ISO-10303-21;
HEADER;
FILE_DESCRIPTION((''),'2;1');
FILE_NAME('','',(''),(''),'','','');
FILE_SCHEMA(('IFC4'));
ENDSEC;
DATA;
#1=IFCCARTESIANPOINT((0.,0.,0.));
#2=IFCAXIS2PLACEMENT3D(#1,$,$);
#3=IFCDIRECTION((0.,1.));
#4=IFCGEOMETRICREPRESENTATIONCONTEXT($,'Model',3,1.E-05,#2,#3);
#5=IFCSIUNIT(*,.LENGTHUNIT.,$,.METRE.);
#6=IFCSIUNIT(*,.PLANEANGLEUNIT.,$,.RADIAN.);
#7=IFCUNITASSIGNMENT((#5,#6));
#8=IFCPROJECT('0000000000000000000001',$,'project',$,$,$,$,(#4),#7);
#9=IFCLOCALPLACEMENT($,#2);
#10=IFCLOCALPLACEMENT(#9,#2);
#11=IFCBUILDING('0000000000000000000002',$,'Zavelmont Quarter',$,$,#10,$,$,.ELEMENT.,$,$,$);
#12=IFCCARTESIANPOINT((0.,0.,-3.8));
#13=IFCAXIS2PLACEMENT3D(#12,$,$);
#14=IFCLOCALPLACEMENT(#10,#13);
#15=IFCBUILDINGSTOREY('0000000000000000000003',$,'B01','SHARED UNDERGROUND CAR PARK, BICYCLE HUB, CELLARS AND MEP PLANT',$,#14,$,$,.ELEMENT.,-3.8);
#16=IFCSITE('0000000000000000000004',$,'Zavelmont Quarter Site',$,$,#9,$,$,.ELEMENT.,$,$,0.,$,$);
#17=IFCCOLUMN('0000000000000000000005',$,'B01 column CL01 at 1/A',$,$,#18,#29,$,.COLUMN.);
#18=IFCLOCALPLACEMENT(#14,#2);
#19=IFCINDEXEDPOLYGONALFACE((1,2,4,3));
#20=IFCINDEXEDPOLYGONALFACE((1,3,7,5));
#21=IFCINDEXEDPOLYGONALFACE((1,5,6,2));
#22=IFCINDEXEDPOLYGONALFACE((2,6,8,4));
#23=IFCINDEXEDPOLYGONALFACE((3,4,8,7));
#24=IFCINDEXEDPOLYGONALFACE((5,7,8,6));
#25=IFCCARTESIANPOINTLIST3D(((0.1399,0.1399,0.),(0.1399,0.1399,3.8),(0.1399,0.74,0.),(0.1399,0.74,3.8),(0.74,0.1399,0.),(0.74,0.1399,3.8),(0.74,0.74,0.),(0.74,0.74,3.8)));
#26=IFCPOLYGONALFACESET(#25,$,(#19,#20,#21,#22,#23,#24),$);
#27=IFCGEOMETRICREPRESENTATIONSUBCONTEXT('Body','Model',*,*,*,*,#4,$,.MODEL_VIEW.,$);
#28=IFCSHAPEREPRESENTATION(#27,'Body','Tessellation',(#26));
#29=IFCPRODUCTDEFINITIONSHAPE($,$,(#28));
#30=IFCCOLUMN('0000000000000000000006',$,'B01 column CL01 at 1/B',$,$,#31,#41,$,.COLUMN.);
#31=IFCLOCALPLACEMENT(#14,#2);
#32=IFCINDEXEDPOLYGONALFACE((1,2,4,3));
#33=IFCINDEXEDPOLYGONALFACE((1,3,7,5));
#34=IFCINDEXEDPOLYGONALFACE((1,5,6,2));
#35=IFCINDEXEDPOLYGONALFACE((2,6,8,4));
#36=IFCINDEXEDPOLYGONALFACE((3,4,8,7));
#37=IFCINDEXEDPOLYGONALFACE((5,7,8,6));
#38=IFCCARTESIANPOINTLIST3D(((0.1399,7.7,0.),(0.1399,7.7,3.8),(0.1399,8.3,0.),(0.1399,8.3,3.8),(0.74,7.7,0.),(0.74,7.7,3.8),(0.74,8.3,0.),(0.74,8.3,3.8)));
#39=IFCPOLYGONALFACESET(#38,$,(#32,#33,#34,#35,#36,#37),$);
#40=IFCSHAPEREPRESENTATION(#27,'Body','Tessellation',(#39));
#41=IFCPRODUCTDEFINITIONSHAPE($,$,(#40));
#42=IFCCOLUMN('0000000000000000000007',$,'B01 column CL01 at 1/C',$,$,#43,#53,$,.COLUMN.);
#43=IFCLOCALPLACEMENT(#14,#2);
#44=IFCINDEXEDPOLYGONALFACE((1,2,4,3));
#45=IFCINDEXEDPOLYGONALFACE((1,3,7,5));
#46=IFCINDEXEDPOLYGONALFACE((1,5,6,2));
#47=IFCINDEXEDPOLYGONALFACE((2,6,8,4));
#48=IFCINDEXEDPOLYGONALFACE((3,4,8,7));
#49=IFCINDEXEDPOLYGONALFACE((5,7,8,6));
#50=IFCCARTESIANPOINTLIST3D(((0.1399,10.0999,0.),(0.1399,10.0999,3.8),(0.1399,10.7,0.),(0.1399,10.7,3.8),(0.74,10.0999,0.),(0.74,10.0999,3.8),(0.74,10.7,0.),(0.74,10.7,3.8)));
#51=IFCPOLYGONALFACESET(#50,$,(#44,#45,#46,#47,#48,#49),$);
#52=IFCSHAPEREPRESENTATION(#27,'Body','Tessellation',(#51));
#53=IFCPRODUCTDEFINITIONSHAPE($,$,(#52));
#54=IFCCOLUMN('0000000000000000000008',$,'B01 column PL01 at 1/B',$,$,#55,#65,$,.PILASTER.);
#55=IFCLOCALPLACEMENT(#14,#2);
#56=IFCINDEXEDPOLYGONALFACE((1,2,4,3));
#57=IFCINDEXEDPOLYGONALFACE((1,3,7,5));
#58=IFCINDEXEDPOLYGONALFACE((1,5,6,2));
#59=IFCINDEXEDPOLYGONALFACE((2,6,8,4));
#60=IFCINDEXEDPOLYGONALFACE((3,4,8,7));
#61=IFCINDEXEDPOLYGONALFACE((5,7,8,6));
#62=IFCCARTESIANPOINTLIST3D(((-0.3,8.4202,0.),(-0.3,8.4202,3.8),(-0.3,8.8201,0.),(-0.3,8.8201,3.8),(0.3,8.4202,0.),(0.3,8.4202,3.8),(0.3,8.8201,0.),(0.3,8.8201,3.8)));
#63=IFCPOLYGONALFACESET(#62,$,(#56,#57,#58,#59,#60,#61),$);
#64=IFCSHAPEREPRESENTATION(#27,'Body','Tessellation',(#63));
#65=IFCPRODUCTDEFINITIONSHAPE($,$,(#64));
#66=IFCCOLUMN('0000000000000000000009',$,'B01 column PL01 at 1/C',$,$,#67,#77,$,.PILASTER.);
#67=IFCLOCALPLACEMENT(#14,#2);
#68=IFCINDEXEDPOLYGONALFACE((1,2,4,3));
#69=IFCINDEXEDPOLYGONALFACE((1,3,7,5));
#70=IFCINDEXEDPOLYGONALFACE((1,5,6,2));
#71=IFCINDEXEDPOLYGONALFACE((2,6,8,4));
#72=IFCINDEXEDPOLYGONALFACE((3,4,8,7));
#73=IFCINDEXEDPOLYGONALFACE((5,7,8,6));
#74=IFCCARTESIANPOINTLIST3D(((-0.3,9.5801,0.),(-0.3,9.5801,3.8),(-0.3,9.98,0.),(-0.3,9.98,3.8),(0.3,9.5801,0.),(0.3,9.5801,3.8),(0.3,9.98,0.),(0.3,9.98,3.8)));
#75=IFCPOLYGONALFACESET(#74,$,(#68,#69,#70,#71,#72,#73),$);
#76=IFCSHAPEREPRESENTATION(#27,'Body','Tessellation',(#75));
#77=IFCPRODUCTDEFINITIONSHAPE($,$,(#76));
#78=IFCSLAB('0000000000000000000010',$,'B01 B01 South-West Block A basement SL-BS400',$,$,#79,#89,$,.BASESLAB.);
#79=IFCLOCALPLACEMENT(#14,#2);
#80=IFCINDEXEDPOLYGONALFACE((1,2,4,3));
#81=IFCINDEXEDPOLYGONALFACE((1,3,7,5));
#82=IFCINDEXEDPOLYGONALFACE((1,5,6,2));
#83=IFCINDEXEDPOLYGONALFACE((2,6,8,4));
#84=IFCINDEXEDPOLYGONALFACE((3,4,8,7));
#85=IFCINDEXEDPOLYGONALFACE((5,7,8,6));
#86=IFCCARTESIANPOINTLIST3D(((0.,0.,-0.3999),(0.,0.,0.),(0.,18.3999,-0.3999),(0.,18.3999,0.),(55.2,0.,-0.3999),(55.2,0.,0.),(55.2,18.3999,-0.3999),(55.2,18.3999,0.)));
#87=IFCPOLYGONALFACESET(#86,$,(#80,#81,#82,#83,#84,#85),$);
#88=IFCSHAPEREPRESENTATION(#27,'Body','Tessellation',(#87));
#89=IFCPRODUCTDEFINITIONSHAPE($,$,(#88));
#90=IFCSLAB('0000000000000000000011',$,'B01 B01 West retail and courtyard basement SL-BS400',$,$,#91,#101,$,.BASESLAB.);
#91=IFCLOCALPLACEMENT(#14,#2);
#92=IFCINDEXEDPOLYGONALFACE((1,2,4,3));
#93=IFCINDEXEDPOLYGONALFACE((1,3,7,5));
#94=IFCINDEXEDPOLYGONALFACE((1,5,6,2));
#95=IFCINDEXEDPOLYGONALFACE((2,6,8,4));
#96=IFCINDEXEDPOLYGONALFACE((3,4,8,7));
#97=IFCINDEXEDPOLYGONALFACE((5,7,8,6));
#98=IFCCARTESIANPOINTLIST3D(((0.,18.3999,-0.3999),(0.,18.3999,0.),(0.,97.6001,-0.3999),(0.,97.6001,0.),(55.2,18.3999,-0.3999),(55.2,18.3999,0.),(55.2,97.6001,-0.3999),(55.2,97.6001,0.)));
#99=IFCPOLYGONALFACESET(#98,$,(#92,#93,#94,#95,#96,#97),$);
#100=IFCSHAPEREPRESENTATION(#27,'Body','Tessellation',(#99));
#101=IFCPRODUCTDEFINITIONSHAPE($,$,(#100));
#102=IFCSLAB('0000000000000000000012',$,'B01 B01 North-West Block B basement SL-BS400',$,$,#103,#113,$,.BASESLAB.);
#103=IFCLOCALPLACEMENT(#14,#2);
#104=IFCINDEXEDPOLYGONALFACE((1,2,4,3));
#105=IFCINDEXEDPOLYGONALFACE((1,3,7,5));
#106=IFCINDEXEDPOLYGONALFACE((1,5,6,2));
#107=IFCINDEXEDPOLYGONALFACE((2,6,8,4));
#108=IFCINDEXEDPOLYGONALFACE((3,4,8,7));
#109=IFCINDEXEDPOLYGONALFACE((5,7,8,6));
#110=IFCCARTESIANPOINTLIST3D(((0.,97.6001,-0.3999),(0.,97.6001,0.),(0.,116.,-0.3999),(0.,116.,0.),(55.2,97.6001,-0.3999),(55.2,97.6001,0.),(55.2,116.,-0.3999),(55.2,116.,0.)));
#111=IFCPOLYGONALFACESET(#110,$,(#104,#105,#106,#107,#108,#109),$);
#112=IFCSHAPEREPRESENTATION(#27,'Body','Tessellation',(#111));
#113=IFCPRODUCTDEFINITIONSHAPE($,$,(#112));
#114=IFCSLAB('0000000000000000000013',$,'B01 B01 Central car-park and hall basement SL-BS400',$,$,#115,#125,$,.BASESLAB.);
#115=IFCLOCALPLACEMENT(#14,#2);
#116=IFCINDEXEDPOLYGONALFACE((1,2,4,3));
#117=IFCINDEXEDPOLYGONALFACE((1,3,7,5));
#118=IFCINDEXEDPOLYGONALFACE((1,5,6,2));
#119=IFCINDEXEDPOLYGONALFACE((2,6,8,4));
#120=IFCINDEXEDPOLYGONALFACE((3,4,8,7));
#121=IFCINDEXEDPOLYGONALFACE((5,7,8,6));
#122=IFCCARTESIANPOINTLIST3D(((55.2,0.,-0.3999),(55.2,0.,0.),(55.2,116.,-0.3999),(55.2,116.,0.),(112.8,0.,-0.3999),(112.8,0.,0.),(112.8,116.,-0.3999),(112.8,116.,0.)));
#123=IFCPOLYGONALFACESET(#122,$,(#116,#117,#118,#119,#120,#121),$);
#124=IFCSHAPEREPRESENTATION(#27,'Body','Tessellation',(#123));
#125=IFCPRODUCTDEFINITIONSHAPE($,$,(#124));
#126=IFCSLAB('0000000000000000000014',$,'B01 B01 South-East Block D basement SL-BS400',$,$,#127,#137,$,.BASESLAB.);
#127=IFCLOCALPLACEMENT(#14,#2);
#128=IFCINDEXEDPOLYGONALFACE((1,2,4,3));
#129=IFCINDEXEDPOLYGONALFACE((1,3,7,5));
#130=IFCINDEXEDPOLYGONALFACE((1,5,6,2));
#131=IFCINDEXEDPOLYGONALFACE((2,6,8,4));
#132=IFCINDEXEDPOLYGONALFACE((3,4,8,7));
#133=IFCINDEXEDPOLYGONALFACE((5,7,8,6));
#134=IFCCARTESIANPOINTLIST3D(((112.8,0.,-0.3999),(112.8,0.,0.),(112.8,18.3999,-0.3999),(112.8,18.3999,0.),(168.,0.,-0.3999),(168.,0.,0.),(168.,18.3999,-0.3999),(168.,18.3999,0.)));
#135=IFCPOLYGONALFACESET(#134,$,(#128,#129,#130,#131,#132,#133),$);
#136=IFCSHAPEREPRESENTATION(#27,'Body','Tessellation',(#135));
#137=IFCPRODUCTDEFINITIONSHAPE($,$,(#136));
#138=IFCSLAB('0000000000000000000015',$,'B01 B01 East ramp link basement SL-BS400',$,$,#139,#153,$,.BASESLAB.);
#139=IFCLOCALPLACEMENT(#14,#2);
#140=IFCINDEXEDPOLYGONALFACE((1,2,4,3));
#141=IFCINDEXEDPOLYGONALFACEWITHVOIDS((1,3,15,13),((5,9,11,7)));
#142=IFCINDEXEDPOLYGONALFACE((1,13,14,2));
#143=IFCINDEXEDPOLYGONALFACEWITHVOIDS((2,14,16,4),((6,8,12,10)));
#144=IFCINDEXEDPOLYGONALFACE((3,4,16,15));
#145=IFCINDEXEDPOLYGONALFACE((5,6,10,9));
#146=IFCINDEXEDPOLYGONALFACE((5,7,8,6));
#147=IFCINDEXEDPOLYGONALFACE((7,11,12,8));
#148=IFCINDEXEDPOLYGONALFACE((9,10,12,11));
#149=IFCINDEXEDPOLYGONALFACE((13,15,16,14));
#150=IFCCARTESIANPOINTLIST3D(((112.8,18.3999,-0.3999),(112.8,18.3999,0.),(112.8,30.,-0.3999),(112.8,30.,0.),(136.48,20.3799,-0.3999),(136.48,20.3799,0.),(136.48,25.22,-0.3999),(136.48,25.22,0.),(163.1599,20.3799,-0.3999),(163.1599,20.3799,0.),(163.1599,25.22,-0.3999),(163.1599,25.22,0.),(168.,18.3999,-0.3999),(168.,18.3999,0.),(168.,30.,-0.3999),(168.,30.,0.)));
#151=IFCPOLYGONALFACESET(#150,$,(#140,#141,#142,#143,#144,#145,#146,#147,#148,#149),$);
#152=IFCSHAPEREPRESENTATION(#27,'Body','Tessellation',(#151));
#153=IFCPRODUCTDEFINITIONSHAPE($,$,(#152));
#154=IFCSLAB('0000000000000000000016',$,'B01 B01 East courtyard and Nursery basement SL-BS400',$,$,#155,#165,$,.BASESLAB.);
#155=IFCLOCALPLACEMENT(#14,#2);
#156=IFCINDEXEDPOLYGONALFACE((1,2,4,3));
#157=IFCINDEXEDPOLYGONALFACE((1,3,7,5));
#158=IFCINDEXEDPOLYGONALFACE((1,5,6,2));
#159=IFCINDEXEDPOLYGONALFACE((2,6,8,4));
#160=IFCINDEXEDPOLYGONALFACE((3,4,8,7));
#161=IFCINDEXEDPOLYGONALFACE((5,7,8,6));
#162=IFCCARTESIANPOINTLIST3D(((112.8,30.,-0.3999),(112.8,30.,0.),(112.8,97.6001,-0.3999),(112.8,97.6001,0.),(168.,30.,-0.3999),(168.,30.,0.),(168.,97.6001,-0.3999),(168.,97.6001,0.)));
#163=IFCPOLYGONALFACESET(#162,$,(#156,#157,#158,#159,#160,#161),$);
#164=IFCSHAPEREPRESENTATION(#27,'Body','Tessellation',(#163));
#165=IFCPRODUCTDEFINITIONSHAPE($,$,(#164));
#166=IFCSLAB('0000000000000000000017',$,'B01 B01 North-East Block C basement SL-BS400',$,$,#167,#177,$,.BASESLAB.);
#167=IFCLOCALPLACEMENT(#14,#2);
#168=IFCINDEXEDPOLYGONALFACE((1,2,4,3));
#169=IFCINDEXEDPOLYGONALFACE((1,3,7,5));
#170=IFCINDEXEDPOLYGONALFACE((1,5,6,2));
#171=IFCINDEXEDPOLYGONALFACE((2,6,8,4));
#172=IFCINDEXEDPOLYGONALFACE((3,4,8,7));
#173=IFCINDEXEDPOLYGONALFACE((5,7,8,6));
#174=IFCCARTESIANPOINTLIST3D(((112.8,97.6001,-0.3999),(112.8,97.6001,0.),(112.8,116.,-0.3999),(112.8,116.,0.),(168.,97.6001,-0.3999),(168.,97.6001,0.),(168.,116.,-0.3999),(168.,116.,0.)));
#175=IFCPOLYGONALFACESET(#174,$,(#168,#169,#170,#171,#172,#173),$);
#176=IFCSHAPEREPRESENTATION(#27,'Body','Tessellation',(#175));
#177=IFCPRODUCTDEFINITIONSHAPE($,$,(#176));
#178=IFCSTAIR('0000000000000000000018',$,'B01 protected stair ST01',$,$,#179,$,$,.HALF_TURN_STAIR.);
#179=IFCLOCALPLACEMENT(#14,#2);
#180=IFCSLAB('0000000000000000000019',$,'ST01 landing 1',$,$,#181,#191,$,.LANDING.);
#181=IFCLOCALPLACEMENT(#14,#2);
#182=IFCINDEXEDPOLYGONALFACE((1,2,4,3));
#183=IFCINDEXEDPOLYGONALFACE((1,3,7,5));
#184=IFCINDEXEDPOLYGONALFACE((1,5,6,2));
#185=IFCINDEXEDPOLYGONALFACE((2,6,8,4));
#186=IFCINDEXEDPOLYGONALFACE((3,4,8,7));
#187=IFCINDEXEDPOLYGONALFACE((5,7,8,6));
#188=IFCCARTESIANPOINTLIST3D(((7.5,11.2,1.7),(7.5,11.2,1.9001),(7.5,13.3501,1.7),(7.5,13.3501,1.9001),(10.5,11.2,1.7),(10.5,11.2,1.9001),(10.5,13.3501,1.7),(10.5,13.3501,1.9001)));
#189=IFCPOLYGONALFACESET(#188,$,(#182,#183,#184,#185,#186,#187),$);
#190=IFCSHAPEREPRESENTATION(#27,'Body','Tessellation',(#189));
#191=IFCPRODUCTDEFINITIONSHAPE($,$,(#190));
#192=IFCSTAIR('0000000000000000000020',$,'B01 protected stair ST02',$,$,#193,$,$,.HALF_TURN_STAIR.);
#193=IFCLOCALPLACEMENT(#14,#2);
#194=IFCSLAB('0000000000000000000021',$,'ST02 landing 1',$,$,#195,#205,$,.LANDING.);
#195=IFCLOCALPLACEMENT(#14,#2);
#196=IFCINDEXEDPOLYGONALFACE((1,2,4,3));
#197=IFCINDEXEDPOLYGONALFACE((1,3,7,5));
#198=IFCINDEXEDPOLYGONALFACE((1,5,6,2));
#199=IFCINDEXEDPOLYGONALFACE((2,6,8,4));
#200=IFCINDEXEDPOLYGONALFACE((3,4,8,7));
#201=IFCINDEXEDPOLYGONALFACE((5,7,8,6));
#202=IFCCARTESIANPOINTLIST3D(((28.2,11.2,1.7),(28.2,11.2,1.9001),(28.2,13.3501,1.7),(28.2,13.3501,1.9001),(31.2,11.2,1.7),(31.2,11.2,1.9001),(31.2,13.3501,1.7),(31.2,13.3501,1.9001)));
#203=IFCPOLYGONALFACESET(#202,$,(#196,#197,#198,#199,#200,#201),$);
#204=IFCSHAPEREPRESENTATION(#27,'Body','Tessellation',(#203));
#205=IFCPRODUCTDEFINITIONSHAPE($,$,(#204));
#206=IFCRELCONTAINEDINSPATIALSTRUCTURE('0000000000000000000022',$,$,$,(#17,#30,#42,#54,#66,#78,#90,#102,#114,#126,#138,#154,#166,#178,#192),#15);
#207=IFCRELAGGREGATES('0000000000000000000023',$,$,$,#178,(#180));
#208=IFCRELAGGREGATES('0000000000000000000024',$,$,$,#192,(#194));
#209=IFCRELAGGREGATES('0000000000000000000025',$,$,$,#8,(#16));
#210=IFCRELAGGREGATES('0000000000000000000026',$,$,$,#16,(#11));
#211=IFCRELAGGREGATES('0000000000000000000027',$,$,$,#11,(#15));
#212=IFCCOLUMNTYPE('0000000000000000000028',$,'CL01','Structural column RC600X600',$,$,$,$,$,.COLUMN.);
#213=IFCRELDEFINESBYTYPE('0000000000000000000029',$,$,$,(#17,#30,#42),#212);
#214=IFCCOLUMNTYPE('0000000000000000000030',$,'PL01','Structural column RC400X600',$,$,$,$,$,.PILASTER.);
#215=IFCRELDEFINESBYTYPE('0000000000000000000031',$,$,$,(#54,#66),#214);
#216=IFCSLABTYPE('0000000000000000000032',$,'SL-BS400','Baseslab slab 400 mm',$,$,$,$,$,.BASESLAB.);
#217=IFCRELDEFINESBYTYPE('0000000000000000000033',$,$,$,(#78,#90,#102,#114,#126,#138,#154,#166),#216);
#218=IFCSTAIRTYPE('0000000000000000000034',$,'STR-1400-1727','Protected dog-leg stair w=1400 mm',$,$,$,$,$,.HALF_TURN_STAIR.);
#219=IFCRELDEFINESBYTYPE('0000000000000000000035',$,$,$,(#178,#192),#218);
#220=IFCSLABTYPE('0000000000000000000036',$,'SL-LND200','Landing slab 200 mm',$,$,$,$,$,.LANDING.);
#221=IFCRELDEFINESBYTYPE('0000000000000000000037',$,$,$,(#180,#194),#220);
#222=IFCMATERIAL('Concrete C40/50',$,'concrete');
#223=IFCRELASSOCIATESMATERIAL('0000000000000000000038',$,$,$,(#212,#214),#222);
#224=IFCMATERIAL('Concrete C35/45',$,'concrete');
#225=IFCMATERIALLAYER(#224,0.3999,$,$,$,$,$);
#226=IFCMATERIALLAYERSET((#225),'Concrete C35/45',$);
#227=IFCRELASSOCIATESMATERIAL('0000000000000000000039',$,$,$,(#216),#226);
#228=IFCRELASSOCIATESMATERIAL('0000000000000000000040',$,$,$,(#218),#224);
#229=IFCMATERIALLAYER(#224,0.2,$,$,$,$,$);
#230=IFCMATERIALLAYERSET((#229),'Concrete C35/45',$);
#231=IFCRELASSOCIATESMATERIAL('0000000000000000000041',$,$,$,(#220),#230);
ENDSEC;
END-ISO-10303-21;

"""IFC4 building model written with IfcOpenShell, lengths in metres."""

from ifc_helpers import new_model, si_unit, direction, frame, origin, origin_2d, place, context, subcontext, project, spatial, polyline, rectangle, outline, extrude, material, layer, layer_set, material_profile, profile_set, type_object, element, aggregate, save


model = new_model("IFC4")

# Units and contexts
model_context = context("Model", 3, precision=1e-05, world=origin(), true_north=direction((0.0, 1.0)))
body_context = subcontext(model_context, "Body", "Model", "MODEL_VIEW")
ifc_project = project(units=[si_unit("LENGTHUNIT", "METRE"), si_unit("PLANEANGLEUNIT", "RADIAN")], contexts=[model_context])

# Site, building, storey
site_placement = place(None, origin())
site = spatial("IfcSite", under=ifc_project, at=site_placement, Name="Zavelmont Quarter Site", CompositionType="ELEMENT", RefElevation=0.0)
building_placement = place(site_placement, origin())
building = spatial("IfcBuilding", under=site, at=building_placement, Name="Zavelmont Quarter", CompositionType="ELEMENT")
storey_placement = place(building_placement, frame((0.0, 0.0, -3.8)))
storey = spatial("IfcBuildingStorey", under=building, at=storey_placement, Name="B01", Description="SHARED UNDERGROUND CAR PARK, BICYCLE HUB, CELLARS AND MEP PLANT", CompositionType="ELEMENT", Elevation=-3.8)

# Columns
ifc_material_1 = material(Name="Concrete C40/50", Category="concrete")
ifc_material_profile_1 = material_profile(ifc_material_1, rectangle(XDim=0.6001, YDim=0.6001, at=origin_2d()), Name="RC600X600")
ifc_profile_set_1 = profile_set([ifc_material_profile_1], Name="Concrete C40/50")
column_type_1 = type_object("IfcColumnType", Name="CL01", Description="Structural column RC600X600", PredefinedType="COLUMN", material=ifc_profile_set_1)
for number, where, z_axis, x_axis, name in (
    (1, (0.4399, 0.4399, 0.0), (0.0, 0.0, 1.0), (1.0, 0.0, 0.0), "B01 column CL01 at 1/A"),
    (2, (0.4399, 8.0, 0.0), (0.0, 0.0, 1.0), (1.0, 0.0, 0.0), "B01 column CL01 at 1/B"),
    (3, (0.4399, 10.3999, 0.0), (0.0, 0.0, 1.0), (1.0, 0.0, 0.0), "B01 column CL01 at 1/C"),
):
    element("IfcColumn", number, at=place(storey_placement, frame(where, z_axis=z_axis, x_axis=x_axis)), inside=storey, type_object=column_type_1, Name=name, PredefinedType="COLUMN", context=body_context, shape_type="SweptSolid", body=[
        extrude(rectangle(XDim=0.6001, YDim=0.6001, at=origin_2d()), origin(), (0.0, 0.0, 1.0), 3.8),
    ])
ifc_material_profile_2 = material_profile(ifc_material_1, rectangle(XDim=0.3999, YDim=0.6001, at=origin_2d()), Name="RC400X600")
ifc_profile_set_2 = profile_set([ifc_material_profile_2], Name="Concrete C40/50")
column_type_2 = type_object("IfcColumnType", Name="PL01", Description="Structural column RC400X600", PredefinedType="PILASTER", material=ifc_profile_set_2)
for number, where, z_axis, x_axis, name in (
    (4, (0.0, 8.6201, 0.0), (0.0, 0.0, 1.0), (0.0, 1.0, 0.0), "B01 column PL01 at 1/B"),
    (5, (0.0, 9.78, 0.0), (0.0, 0.0, 1.0), (0.0, 1.0, 0.0), "B01 column PL01 at 1/C"),
):
    element("IfcColumn", number, at=place(storey_placement, frame(where, z_axis=z_axis, x_axis=x_axis)), inside=storey, type_object=column_type_2, Name=name, PredefinedType="PILASTER", context=body_context, shape_type="SweptSolid", body=[
        extrude(rectangle(XDim=0.3999, YDim=0.6001, at=origin_2d()), origin(), (0.0, 0.0, 1.0), 3.8),
    ])

# Slabs
ifc_material_2 = material(Name="Concrete C35/45", Category="concrete")
ifc_layer_1 = layer(ifc_material_2, 0.3999)
ifc_layer_set_1 = layer_set([ifc_layer_1], Name="Concrete C35/45")
slab_type_1 = type_object("IfcSlabType", Name="SL-BS400", Description="Baseslab slab 400 mm", PredefinedType="BASESLAB", material=ifc_layer_set_1)
slab_1_placement = place(storey_placement, frame((0.0, 0.0, -0.3999)))
element("IfcSlab", 6, at=slab_1_placement, inside=storey, type_object=slab_type_1, Name="B01 B01 South-West Block A basement SL-BS400", PredefinedType="BASESLAB", context=body_context, shape_type="SweptSolid", body=[
    extrude(outline(polyline([(0.0, 0.0), (55.2, 0.0), (55.2, 18.3999), (0.0, 18.3999), (0.0, 0.0)])), origin(), (0.0, 0.0, 1.0), 0.3999),
])
slab_2_placement = place(storey_placement, frame((0.0, 0.0, -0.3999)))
element("IfcSlab", 7, at=slab_2_placement, inside=storey, type_object=slab_type_1, Name="B01 B01 West retail and courtyard basement SL-BS400", PredefinedType="BASESLAB", context=body_context, shape_type="SweptSolid", body=[
    extrude(outline(polyline([(0.0, 18.3999), (55.2, 18.3999), (55.2, 97.6001), (0.0, 97.6001), (0.0, 18.3999)])), origin(), (0.0, 0.0, 1.0), 0.3999),
])
slab_3_placement = place(storey_placement, frame((0.0, 0.0, -0.3999)))
element("IfcSlab", 8, at=slab_3_placement, inside=storey, type_object=slab_type_1, Name="B01 B01 North-West Block B basement SL-BS400", PredefinedType="BASESLAB", context=body_context, shape_type="SweptSolid", body=[
    extrude(outline(polyline([(0.0, 97.6001), (55.2, 97.6001), (55.2, 116.0), (0.0, 116.0), (0.0, 97.6001)])), origin(), (0.0, 0.0, 1.0), 0.3999),
])
slab_4_placement = place(storey_placement, frame((0.0, 0.0, -0.3999)))
element("IfcSlab", 9, at=slab_4_placement, inside=storey, type_object=slab_type_1, Name="B01 B01 Central car-park and hall basement SL-BS400", PredefinedType="BASESLAB", context=body_context, shape_type="SweptSolid", body=[
    extrude(outline(polyline([(55.2, 0.0), (112.8, 0.0), (112.8, 116.0), (55.2, 116.0), (55.2, 0.0)])), origin(), (0.0, 0.0, 1.0), 0.3999),
])
slab_5_placement = place(storey_placement, frame((0.0, 0.0, -0.3999)))
element("IfcSlab", 10, at=slab_5_placement, inside=storey, type_object=slab_type_1, Name="B01 B01 South-East Block D basement SL-BS400", PredefinedType="BASESLAB", context=body_context, shape_type="SweptSolid", body=[
    extrude(outline(polyline([(112.8, 0.0), (168.0, 0.0), (168.0, 18.3999), (112.8, 18.3999), (112.8, 0.0)])), origin(), (0.0, 0.0, 1.0), 0.3999),
])
slab_6_placement = place(storey_placement, frame((0.0, 0.0, -0.3999)))
element("IfcSlab", 11, at=slab_6_placement, inside=storey, type_object=slab_type_1, Name="B01 B01 East ramp link basement SL-BS400", PredefinedType="BASESLAB", context=body_context, shape_type="SweptSolid", body=[
    extrude(outline(polyline([(112.8, 18.3999), (168.0, 18.3999), (168.0, 30.0), (112.8, 30.0), (112.8, 18.3999)]), holes=[polyline([(136.48, 20.3799), (163.1599, 20.3799), (163.1599, 25.22), (136.48, 25.22), (136.48, 20.3799)])]), origin(), (0.0, 0.0, 1.0), 0.3999),
])
slab_7_placement = place(storey_placement, frame((0.0, 0.0, -0.3999)))
element("IfcSlab", 12, at=slab_7_placement, inside=storey, type_object=slab_type_1, Name="B01 B01 East courtyard and Nursery basement SL-BS400", PredefinedType="BASESLAB", context=body_context, shape_type="SweptSolid", body=[
    extrude(outline(polyline([(112.8, 30.0), (168.0, 30.0), (168.0, 97.6001), (112.8, 97.6001), (112.8, 30.0)])), origin(), (0.0, 0.0, 1.0), 0.3999),
])
slab_8_placement = place(storey_placement, frame((0.0, 0.0, -0.3999)))
element("IfcSlab", 13, at=slab_8_placement, inside=storey, type_object=slab_type_1, Name="B01 B01 North-East Block C basement SL-BS400", PredefinedType="BASESLAB", context=body_context, shape_type="SweptSolid", body=[
    extrude(outline(polyline([(112.8, 97.6001), (168.0, 97.6001), (168.0, 116.0), (112.8, 116.0), (112.8, 97.6001)])), origin(), (0.0, 0.0, 1.0), 0.3999),
])

# Stairs, slabs
stair_type_1 = type_object("IfcStairType", Name="STR-1400-1727", Description="Protected dog-leg stair w=1400 mm", PredefinedType="HALF_TURN_STAIR", material=ifc_material_2)
stair_1_placement = place(storey_placement, origin())
stair_1 = element("IfcStair", 14, at=stair_1_placement, inside=storey, type_object=stair_type_1, Name="B01 protected stair ST01", PredefinedType="HALF_TURN_STAIR")
ifc_layer_2 = layer(ifc_material_2, 0.2)
ifc_layer_set_2 = layer_set([ifc_layer_2], Name="Concrete C35/45")
slab_type_2 = type_object("IfcSlabType", Name="SL-LND200", Description="Landing slab 200 mm", PredefinedType="LANDING", material=ifc_layer_set_2)
slab_9_placement = place(storey_placement, frame((0.0, 0.0, 1.7)))
slab_9 = element("IfcSlab", 15, at=slab_9_placement, type_object=slab_type_2, Name="ST01 landing 1", PredefinedType="LANDING", context=body_context, shape_type="SweptSolid", body=[
    extrude(outline(polyline([(7.5, 13.3501), (7.5, 11.2), (10.5, 11.2), (10.5, 13.3501), (7.5, 13.3501)])), origin(), (0.0, 0.0, 1.0), 0.2002),
])
aggregate(stair_1, [slab_9])
stair_2_placement = place(storey_placement, origin())
stair_2 = element("IfcStair", 16, at=stair_2_placement, inside=storey, type_object=stair_type_1, Name="B01 protected stair ST02", PredefinedType="HALF_TURN_STAIR")
slab_10_placement = place(storey_placement, frame((0.0, 0.0, 1.7)))
slab_10 = element("IfcSlab", 17, at=slab_10_placement, type_object=slab_type_2, Name="ST02 landing 1", PredefinedType="LANDING", context=body_context, shape_type="SweptSolid", body=[
    extrude(outline(polyline([(28.2, 13.3501), (28.2, 11.2), (31.2, 11.2), (31.2, 13.3501), (28.2, 13.3501)])), origin(), (0.0, 0.0, 1.0), 0.2002),
])
aggregate(stair_2, [slab_10])

save(model, "model.ifc")
